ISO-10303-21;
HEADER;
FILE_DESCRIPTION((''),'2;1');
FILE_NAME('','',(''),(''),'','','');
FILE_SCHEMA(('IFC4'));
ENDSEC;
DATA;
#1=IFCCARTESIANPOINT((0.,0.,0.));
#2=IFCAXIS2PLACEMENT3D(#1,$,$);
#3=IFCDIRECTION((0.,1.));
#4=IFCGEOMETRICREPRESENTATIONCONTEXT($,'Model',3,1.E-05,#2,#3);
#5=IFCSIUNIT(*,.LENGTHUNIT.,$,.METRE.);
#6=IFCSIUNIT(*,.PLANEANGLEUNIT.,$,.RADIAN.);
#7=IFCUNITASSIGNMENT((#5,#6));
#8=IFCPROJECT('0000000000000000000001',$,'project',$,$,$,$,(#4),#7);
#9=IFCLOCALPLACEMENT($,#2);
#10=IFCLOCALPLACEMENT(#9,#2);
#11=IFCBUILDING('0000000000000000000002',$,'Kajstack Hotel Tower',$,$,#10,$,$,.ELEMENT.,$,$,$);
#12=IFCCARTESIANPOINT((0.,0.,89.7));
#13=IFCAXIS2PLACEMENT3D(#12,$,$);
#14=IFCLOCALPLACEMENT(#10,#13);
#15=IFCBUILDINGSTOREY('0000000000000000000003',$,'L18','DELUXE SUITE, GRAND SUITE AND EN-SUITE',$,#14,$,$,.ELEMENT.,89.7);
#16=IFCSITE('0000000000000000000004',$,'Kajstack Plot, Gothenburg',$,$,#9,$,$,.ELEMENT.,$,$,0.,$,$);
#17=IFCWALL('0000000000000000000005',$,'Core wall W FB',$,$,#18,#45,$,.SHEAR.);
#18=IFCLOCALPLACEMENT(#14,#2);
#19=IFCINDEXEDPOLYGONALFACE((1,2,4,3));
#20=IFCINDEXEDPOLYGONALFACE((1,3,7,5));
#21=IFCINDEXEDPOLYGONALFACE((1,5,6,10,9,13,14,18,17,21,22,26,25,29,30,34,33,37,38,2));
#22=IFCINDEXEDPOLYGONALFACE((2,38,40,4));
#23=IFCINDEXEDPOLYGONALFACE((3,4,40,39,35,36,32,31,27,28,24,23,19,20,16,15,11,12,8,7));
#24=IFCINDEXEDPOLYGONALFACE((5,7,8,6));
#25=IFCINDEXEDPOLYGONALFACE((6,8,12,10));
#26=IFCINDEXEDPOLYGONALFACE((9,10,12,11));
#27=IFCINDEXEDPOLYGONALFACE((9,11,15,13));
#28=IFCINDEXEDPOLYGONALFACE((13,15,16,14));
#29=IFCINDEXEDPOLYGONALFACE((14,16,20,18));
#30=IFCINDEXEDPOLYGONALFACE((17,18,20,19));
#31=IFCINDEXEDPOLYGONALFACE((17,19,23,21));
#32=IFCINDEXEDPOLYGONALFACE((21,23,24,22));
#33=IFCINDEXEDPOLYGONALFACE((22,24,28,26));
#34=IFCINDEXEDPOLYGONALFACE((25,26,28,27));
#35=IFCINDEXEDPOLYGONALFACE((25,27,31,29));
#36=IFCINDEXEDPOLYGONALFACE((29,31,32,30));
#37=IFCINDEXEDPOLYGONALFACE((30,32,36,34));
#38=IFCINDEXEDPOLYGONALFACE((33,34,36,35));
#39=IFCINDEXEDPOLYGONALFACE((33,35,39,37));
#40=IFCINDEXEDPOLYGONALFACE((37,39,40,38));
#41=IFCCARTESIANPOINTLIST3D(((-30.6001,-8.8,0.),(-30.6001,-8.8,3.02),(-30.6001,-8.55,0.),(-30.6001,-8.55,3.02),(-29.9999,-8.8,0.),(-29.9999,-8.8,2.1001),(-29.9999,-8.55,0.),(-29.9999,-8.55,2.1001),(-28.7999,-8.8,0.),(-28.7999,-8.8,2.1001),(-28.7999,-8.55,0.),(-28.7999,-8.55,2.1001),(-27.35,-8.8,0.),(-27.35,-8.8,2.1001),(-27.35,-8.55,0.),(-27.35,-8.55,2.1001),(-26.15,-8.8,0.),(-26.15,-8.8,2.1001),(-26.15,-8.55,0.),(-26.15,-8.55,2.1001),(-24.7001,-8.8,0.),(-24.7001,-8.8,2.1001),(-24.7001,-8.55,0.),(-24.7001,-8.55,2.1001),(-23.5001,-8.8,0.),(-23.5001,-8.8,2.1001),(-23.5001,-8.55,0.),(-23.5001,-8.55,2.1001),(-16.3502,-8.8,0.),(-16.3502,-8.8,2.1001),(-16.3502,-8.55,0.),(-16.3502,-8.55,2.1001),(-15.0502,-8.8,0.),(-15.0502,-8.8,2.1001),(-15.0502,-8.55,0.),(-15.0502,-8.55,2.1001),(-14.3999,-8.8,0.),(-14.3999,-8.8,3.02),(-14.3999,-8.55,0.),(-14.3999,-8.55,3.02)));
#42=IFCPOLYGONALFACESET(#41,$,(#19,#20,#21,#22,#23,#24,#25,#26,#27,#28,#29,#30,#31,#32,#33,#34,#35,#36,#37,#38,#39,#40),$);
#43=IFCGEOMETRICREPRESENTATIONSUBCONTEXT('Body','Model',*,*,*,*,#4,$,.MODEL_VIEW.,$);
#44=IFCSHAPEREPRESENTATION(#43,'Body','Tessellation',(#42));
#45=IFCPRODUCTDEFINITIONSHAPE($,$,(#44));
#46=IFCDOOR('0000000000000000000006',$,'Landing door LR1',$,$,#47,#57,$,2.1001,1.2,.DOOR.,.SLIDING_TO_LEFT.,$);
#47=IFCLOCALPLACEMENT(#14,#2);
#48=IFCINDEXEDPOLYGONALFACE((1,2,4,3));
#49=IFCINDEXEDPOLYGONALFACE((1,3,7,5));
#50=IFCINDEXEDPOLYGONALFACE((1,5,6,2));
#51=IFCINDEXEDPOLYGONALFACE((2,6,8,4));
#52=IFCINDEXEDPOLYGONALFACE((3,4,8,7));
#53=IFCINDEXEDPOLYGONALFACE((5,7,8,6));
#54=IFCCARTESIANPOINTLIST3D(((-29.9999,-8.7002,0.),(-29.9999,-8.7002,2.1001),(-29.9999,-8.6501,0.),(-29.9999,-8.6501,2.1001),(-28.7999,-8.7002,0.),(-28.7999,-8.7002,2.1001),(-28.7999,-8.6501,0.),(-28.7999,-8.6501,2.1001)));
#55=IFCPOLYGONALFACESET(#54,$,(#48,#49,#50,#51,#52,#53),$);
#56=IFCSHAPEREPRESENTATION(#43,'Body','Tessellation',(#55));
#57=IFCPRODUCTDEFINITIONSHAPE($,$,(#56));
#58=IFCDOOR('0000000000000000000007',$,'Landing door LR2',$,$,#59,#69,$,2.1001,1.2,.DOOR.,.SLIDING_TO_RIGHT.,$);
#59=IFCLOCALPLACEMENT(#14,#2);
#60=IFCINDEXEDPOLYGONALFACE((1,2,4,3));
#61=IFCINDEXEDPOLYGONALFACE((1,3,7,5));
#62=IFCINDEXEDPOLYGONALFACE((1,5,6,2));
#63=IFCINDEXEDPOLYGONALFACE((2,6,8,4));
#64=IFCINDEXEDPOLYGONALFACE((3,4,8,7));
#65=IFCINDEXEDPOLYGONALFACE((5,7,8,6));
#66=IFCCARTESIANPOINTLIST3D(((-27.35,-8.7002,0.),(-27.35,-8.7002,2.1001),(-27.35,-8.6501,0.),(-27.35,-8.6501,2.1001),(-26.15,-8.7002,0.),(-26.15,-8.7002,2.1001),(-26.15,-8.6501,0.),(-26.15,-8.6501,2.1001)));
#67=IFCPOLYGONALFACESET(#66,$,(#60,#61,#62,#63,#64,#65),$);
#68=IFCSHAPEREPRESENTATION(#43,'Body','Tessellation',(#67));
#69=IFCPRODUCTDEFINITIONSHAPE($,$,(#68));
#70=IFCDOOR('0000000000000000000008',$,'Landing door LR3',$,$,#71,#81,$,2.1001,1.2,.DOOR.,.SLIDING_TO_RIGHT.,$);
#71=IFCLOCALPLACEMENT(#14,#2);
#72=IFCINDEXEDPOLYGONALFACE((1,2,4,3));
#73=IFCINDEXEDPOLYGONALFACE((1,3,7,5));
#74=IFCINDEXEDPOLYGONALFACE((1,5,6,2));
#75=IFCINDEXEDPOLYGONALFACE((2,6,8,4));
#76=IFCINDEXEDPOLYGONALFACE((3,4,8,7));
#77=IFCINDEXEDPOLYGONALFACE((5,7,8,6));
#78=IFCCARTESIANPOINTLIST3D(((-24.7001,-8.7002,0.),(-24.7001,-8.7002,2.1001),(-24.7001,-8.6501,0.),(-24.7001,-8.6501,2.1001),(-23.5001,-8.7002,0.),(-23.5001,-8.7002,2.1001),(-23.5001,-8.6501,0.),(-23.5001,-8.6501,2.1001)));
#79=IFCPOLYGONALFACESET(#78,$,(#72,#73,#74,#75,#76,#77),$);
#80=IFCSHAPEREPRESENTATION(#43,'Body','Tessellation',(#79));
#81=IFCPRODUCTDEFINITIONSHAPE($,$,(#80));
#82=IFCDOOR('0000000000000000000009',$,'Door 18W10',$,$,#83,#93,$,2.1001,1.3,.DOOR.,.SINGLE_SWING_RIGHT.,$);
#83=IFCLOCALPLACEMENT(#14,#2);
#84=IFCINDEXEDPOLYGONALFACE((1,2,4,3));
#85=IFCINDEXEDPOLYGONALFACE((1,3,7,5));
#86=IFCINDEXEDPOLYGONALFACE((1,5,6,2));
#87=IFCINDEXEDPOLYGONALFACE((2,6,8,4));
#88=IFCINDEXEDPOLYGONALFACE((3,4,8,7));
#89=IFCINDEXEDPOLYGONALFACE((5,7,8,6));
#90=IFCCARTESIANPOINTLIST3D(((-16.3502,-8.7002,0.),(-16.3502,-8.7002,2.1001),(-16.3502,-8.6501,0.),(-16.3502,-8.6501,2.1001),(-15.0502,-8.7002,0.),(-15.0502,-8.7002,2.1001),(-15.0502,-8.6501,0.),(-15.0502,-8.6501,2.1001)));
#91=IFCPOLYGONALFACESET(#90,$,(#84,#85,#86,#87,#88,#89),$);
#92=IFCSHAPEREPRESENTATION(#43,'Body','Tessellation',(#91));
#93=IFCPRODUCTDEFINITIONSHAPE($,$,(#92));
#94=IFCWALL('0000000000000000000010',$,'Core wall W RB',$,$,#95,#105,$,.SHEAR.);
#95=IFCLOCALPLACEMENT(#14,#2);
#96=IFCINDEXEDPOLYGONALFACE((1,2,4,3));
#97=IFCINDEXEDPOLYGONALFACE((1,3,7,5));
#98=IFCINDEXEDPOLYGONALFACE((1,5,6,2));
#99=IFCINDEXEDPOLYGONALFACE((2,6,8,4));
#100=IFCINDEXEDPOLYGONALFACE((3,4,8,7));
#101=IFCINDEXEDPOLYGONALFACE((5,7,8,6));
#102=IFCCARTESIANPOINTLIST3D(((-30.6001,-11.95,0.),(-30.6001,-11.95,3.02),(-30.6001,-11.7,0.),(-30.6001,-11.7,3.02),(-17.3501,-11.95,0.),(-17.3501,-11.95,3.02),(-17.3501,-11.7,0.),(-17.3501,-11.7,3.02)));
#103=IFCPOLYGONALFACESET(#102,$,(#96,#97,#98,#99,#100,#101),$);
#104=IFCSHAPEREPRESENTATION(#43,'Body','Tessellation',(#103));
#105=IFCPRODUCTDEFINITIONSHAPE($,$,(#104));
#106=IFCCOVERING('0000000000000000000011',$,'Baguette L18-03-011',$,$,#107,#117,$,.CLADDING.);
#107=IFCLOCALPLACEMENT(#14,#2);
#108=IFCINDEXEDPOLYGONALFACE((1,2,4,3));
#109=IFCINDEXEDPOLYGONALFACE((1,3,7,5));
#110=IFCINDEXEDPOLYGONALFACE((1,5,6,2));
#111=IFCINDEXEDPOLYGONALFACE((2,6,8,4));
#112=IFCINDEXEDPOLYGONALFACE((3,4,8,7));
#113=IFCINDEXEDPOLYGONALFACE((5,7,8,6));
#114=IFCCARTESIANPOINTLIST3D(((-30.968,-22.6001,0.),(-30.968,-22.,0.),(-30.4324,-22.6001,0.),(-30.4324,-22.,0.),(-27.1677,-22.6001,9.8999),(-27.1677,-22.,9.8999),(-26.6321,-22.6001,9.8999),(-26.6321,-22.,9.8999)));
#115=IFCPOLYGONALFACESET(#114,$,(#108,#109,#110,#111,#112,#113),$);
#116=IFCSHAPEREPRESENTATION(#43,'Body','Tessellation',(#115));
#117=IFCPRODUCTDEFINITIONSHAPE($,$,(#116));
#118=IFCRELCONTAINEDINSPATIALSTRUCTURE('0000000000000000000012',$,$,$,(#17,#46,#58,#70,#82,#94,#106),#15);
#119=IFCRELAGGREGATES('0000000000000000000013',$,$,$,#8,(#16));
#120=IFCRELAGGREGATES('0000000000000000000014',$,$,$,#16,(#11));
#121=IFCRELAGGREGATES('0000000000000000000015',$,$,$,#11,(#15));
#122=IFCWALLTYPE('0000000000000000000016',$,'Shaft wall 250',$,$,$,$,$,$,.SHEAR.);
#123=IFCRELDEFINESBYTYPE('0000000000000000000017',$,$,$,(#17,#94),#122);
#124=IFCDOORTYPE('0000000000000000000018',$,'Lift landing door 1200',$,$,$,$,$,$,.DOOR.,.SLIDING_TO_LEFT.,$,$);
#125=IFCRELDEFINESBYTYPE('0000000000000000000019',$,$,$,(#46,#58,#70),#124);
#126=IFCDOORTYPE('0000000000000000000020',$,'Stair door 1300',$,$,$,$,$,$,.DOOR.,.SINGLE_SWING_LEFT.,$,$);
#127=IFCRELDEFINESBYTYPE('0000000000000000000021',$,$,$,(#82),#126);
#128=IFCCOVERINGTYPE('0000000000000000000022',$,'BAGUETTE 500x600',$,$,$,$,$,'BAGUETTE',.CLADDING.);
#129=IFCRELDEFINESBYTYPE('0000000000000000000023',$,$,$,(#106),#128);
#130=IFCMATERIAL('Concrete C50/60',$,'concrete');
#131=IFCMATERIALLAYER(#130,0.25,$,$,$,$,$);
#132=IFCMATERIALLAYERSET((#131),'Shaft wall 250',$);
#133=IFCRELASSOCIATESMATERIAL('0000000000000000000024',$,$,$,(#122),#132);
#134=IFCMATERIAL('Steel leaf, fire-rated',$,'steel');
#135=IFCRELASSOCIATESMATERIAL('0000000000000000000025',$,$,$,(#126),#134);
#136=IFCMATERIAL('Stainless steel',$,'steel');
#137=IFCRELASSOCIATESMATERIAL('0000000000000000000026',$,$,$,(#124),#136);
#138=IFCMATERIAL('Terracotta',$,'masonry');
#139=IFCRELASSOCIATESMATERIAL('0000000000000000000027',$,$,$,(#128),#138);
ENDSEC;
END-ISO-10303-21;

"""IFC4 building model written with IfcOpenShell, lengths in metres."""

from ifc_helpers import new_model, si_unit, direction, frame, frame_2d, origin, origin_2d, place, context, subcontext, project, spatial, polyline, rectangle, outline, extrude, material, layer, layer_set, material_profile, profile_set, type_object, element, fill, save


model = new_model("IFC4")

# Units and contexts
model_context = context("Model", 3, precision=1e-05, world=origin(), true_north=direction((0.0, 1.0)))
body_context = subcontext(model_context, "Body", "Model", "MODEL_VIEW")
ifc_project = project(units=[si_unit("LENGTHUNIT", "METRE"), si_unit("PLANEANGLEUNIT", "RADIAN")], contexts=[model_context])

# Site, building, storey
site_placement = place(None, origin())
site = spatial("IfcSite", under=ifc_project, at=site_placement, Name="Kajstack Plot, Gothenburg", CompositionType="ELEMENT", RefElevation=0.0)
building_placement = place(site_placement, origin())
building = spatial("IfcBuilding", under=site, at=building_placement, Name="Kajstack Hotel Tower", CompositionType="ELEMENT")
storey_placement = place(building_placement, frame((0.0, 0.0, 89.7)))
storey = spatial("IfcBuildingStorey", under=building, at=storey_placement, Name="L18", Description="DELUXE SUITE, GRAND SUITE AND EN-SUITE", CompositionType="ELEMENT", Elevation=89.7)

# Shared definitions
ifc_material_1 = material(Name="Stainless steel", Category="steel")

# Shared definitions
ifc_material_2 = material(Name="Concrete C50/60", Category="concrete")
ifc_layer_1 = layer(ifc_material_2, 0.25)
ifc_layer_set_1 = layer_set([ifc_layer_1], Name="Shaft wall 250")
wall_type_1 = type_object("IfcWallType", Name="Shaft wall 250", PredefinedType="SHEAR", material=ifc_layer_set_1)
ifc_material_3 = material(Name="Steel leaf, fire-rated", Category="steel")
door_type_1 = type_object("IfcDoorType", Name="Stair door 1300", OperationType="SINGLE_SWING_LEFT", PredefinedType="DOOR", material=ifc_material_3)

# Wall, openings, doors
wall_1_placement = place(storey_placement, frame((-30.6001, -8.675, 0.0), z_axis=(0.0, 0.0, 1.0), x_axis=(1.0, 0.0, 0.0)))
wall_1 = element("IfcWall", 1, at=wall_1_placement, inside=storey, type_object=wall_type_1, Name="Core wall W FB", PredefinedType="SHEAR", context=body_context, shape_type="SweptSolid", body=[
    extrude(rectangle(XDim=16.2002, YDim=0.25, at=frame_2d((8.1001, 0.0))), origin(), (0.0, 0.0, 1.0), 3.02),
])
opening_1_placement = place(wall_1_placement, frame((0.6001, 0.0, 0.0)))
opening_1 = element("IfcOpeningElement", 2, at=opening_1_placement, cuts=wall_1, PredefinedType="OPENING", context=body_context, shape_type="SweptSolid", body=[
    extrude(rectangle(XDim=1.2, YDim=2.1001, at=frame_2d((0.6001, 1.05))), frame((0.0, 0.135, 0.0), z_axis=(0.0, -1.0, 0.0), x_axis=(1.0, 0.0, 0.0)), (0.0, 0.0, 1.0), 0.27),
])
opening_2_placement = place(wall_1_placement, frame((3.25, 0.0, 0.0)))
opening_2 = element("IfcOpeningElement", 3, at=opening_2_placement, cuts=wall_1, PredefinedType="OPENING", context=body_context, shape_type="SweptSolid", body=[
    extrude(rectangle(XDim=1.2, YDim=2.1001, at=frame_2d((0.6001, 1.05))), frame((0.0, 0.135, 0.0), z_axis=(0.0, -1.0, 0.0), x_axis=(1.0, 0.0, 0.0)), (0.0, 0.0, 1.0), 0.27),
])
opening_3_placement = place(wall_1_placement, frame((5.8999, 0.0, 0.0)))
opening_3 = element("IfcOpeningElement", 4, at=opening_3_placement, cuts=wall_1, PredefinedType="OPENING", context=body_context, shape_type="SweptSolid", body=[
    extrude(rectangle(XDim=1.2, YDim=2.1001, at=frame_2d((0.6001, 1.05))), frame((0.0, 0.135, 0.0), z_axis=(0.0, -1.0, 0.0), x_axis=(1.0, 0.0, 0.0)), (0.0, 0.0, 1.0), 0.27),
])
opening_4_placement = place(wall_1_placement, frame((14.25, 0.0, 0.0)))
opening_4 = element("IfcOpeningElement", 5, at=opening_4_placement, cuts=wall_1, PredefinedType="OPENING", context=body_context, shape_type="SweptSolid", body=[
    extrude(rectangle(XDim=1.3, YDim=2.1001, at=frame_2d((0.6499, 1.05))), frame((0.0, 0.135, 0.0), z_axis=(0.0, -1.0, 0.0), x_axis=(1.0, 0.0, 0.0)), (0.0, 0.0, 1.0), 0.27),
])
door_type_2 = type_object("IfcDoorType", Name="Lift landing door 1200", OperationType="SLIDING_TO_LEFT", PredefinedType="DOOR", material=ifc_material_1)
door_1_placement = place(opening_1_placement, origin())
door_1 = element("IfcDoor", 6, at=door_1_placement, inside=storey, type_object=door_type_2, Name="Landing door LR1", OperationType="SLIDING_TO_LEFT", OverallHeight=2.1001, OverallWidth=1.2, PredefinedType="DOOR", context=body_context, shape_type="SweptSolid", body=[
    extrude(rectangle(XDim=1.2, YDim=2.1001, at=frame_2d((0.6001, 1.05))), frame((0.0, 0.0249, 0.0), z_axis=(0.0, -1.0, 0.0), x_axis=(1.0, 0.0, 0.0)), (0.0, 0.0, 1.0), 0.05),
])
fill(opening_1, door_1)
door_2_placement = place(opening_2_placement, origin())
door_2 = element("IfcDoor", 7, at=door_2_placement, inside=storey, type_object=door_type_2, Name="Landing door LR2", OperationType="SLIDING_TO_RIGHT", OverallHeight=2.1001, OverallWidth=1.2, PredefinedType="DOOR", context=body_context, shape_type="SweptSolid", body=[
    extrude(rectangle(XDim=1.2, YDim=2.1001, at=frame_2d((0.6001, 1.05))), frame((0.0, 0.0249, 0.0), z_axis=(0.0, -1.0, 0.0), x_axis=(1.0, 0.0, 0.0)), (0.0, 0.0, 1.0), 0.05),
])
fill(opening_2, door_2)
door_3_placement = place(opening_3_placement, origin())
door_3 = element("IfcDoor", 8, at=door_3_placement, inside=storey, type_object=door_type_2, Name="Landing door LR3", OperationType="SLIDING_TO_RIGHT", OverallHeight=2.1001, OverallWidth=1.2, PredefinedType="DOOR", context=body_context, shape_type="SweptSolid", body=[
    extrude(rectangle(XDim=1.2, YDim=2.1001, at=frame_2d((0.6001, 1.05))), frame((0.0, 0.0249, 0.0), z_axis=(0.0, -1.0, 0.0), x_axis=(1.0, 0.0, 0.0)), (0.0, 0.0, 1.0), 0.05),
])
fill(opening_3, door_3)
door_4_placement = place(opening_4_placement, origin())
door_4 = element("IfcDoor", 9, at=door_4_placement, inside=storey, type_object=door_type_1, Name="Door 18W10", OperationType="SINGLE_SWING_RIGHT", OverallHeight=2.1001, OverallWidth=1.3, PredefinedType="DOOR", context=body_context, shape_type="SweptSolid", body=[
    extrude(rectangle(XDim=1.3, YDim=2.1001, at=frame_2d((0.6499, 1.05))), frame((0.0, 0.0249, 0.0), z_axis=(0.0, -1.0, 0.0), x_axis=(1.0, 0.0, 0.0)), (0.0, 0.0, 1.0), 0.05),
])
fill(opening_4, door_4)

# Wall
wall_2_placement = place(storey_placement, frame((-30.6001, -11.825, 0.0), z_axis=(0.0, 0.0, 1.0), x_axis=(1.0, 0.0, 0.0)))
element("IfcWall", 10, at=wall_2_placement, inside=storey, type_object=wall_type_1, Name="Core wall W RB", PredefinedType="SHEAR", context=body_context, shape_type="SweptSolid", body=[
    extrude(rectangle(XDim=13.25, YDim=0.25, at=frame_2d((6.625, 0.0))), origin(), (0.0, 0.0, 1.0), 3.02),
])

# Covering
ifc_material_4 = material(Name="Terracotta", Category="masonry")
ifc_material_profile = material_profile(ifc_material_4, rectangle(XDim=0.6001, YDim=0.5, at=origin_2d()), Name="Terracotta-clad concrete baguette 500 x 600")
ifc_profile_set = profile_set([ifc_material_profile], Name="Terracotta")
covering_type = type_object("IfcCoveringType", Name="BAGUETTE 500x600", ElementType="BAGUETTE", PredefinedType="CLADDING", material=ifc_profile_set)
covering_placement = place(storey_placement, frame((-30.968, -22.0, 0.0), z_axis=(0.0, -1.0, 0.0), x_axis=(1.0, 0.0, 0.0)))
element("IfcCovering", 11, at=covering_placement, inside=storey, type_object=covering_type, Name="Baguette L18-03-011", PredefinedType="CLADDING", context=body_context, shape_type="SweptSolid", body=[
    extrude(outline(polyline([(3.8003, 9.8999), (0.0, 0.0), (0.5356, 0.0), (4.3359, 9.8999), (3.8003, 9.8999)])), origin(), (0.0, 0.0, 1.0), 0.6001),
])

save(model, "model.ifc")
